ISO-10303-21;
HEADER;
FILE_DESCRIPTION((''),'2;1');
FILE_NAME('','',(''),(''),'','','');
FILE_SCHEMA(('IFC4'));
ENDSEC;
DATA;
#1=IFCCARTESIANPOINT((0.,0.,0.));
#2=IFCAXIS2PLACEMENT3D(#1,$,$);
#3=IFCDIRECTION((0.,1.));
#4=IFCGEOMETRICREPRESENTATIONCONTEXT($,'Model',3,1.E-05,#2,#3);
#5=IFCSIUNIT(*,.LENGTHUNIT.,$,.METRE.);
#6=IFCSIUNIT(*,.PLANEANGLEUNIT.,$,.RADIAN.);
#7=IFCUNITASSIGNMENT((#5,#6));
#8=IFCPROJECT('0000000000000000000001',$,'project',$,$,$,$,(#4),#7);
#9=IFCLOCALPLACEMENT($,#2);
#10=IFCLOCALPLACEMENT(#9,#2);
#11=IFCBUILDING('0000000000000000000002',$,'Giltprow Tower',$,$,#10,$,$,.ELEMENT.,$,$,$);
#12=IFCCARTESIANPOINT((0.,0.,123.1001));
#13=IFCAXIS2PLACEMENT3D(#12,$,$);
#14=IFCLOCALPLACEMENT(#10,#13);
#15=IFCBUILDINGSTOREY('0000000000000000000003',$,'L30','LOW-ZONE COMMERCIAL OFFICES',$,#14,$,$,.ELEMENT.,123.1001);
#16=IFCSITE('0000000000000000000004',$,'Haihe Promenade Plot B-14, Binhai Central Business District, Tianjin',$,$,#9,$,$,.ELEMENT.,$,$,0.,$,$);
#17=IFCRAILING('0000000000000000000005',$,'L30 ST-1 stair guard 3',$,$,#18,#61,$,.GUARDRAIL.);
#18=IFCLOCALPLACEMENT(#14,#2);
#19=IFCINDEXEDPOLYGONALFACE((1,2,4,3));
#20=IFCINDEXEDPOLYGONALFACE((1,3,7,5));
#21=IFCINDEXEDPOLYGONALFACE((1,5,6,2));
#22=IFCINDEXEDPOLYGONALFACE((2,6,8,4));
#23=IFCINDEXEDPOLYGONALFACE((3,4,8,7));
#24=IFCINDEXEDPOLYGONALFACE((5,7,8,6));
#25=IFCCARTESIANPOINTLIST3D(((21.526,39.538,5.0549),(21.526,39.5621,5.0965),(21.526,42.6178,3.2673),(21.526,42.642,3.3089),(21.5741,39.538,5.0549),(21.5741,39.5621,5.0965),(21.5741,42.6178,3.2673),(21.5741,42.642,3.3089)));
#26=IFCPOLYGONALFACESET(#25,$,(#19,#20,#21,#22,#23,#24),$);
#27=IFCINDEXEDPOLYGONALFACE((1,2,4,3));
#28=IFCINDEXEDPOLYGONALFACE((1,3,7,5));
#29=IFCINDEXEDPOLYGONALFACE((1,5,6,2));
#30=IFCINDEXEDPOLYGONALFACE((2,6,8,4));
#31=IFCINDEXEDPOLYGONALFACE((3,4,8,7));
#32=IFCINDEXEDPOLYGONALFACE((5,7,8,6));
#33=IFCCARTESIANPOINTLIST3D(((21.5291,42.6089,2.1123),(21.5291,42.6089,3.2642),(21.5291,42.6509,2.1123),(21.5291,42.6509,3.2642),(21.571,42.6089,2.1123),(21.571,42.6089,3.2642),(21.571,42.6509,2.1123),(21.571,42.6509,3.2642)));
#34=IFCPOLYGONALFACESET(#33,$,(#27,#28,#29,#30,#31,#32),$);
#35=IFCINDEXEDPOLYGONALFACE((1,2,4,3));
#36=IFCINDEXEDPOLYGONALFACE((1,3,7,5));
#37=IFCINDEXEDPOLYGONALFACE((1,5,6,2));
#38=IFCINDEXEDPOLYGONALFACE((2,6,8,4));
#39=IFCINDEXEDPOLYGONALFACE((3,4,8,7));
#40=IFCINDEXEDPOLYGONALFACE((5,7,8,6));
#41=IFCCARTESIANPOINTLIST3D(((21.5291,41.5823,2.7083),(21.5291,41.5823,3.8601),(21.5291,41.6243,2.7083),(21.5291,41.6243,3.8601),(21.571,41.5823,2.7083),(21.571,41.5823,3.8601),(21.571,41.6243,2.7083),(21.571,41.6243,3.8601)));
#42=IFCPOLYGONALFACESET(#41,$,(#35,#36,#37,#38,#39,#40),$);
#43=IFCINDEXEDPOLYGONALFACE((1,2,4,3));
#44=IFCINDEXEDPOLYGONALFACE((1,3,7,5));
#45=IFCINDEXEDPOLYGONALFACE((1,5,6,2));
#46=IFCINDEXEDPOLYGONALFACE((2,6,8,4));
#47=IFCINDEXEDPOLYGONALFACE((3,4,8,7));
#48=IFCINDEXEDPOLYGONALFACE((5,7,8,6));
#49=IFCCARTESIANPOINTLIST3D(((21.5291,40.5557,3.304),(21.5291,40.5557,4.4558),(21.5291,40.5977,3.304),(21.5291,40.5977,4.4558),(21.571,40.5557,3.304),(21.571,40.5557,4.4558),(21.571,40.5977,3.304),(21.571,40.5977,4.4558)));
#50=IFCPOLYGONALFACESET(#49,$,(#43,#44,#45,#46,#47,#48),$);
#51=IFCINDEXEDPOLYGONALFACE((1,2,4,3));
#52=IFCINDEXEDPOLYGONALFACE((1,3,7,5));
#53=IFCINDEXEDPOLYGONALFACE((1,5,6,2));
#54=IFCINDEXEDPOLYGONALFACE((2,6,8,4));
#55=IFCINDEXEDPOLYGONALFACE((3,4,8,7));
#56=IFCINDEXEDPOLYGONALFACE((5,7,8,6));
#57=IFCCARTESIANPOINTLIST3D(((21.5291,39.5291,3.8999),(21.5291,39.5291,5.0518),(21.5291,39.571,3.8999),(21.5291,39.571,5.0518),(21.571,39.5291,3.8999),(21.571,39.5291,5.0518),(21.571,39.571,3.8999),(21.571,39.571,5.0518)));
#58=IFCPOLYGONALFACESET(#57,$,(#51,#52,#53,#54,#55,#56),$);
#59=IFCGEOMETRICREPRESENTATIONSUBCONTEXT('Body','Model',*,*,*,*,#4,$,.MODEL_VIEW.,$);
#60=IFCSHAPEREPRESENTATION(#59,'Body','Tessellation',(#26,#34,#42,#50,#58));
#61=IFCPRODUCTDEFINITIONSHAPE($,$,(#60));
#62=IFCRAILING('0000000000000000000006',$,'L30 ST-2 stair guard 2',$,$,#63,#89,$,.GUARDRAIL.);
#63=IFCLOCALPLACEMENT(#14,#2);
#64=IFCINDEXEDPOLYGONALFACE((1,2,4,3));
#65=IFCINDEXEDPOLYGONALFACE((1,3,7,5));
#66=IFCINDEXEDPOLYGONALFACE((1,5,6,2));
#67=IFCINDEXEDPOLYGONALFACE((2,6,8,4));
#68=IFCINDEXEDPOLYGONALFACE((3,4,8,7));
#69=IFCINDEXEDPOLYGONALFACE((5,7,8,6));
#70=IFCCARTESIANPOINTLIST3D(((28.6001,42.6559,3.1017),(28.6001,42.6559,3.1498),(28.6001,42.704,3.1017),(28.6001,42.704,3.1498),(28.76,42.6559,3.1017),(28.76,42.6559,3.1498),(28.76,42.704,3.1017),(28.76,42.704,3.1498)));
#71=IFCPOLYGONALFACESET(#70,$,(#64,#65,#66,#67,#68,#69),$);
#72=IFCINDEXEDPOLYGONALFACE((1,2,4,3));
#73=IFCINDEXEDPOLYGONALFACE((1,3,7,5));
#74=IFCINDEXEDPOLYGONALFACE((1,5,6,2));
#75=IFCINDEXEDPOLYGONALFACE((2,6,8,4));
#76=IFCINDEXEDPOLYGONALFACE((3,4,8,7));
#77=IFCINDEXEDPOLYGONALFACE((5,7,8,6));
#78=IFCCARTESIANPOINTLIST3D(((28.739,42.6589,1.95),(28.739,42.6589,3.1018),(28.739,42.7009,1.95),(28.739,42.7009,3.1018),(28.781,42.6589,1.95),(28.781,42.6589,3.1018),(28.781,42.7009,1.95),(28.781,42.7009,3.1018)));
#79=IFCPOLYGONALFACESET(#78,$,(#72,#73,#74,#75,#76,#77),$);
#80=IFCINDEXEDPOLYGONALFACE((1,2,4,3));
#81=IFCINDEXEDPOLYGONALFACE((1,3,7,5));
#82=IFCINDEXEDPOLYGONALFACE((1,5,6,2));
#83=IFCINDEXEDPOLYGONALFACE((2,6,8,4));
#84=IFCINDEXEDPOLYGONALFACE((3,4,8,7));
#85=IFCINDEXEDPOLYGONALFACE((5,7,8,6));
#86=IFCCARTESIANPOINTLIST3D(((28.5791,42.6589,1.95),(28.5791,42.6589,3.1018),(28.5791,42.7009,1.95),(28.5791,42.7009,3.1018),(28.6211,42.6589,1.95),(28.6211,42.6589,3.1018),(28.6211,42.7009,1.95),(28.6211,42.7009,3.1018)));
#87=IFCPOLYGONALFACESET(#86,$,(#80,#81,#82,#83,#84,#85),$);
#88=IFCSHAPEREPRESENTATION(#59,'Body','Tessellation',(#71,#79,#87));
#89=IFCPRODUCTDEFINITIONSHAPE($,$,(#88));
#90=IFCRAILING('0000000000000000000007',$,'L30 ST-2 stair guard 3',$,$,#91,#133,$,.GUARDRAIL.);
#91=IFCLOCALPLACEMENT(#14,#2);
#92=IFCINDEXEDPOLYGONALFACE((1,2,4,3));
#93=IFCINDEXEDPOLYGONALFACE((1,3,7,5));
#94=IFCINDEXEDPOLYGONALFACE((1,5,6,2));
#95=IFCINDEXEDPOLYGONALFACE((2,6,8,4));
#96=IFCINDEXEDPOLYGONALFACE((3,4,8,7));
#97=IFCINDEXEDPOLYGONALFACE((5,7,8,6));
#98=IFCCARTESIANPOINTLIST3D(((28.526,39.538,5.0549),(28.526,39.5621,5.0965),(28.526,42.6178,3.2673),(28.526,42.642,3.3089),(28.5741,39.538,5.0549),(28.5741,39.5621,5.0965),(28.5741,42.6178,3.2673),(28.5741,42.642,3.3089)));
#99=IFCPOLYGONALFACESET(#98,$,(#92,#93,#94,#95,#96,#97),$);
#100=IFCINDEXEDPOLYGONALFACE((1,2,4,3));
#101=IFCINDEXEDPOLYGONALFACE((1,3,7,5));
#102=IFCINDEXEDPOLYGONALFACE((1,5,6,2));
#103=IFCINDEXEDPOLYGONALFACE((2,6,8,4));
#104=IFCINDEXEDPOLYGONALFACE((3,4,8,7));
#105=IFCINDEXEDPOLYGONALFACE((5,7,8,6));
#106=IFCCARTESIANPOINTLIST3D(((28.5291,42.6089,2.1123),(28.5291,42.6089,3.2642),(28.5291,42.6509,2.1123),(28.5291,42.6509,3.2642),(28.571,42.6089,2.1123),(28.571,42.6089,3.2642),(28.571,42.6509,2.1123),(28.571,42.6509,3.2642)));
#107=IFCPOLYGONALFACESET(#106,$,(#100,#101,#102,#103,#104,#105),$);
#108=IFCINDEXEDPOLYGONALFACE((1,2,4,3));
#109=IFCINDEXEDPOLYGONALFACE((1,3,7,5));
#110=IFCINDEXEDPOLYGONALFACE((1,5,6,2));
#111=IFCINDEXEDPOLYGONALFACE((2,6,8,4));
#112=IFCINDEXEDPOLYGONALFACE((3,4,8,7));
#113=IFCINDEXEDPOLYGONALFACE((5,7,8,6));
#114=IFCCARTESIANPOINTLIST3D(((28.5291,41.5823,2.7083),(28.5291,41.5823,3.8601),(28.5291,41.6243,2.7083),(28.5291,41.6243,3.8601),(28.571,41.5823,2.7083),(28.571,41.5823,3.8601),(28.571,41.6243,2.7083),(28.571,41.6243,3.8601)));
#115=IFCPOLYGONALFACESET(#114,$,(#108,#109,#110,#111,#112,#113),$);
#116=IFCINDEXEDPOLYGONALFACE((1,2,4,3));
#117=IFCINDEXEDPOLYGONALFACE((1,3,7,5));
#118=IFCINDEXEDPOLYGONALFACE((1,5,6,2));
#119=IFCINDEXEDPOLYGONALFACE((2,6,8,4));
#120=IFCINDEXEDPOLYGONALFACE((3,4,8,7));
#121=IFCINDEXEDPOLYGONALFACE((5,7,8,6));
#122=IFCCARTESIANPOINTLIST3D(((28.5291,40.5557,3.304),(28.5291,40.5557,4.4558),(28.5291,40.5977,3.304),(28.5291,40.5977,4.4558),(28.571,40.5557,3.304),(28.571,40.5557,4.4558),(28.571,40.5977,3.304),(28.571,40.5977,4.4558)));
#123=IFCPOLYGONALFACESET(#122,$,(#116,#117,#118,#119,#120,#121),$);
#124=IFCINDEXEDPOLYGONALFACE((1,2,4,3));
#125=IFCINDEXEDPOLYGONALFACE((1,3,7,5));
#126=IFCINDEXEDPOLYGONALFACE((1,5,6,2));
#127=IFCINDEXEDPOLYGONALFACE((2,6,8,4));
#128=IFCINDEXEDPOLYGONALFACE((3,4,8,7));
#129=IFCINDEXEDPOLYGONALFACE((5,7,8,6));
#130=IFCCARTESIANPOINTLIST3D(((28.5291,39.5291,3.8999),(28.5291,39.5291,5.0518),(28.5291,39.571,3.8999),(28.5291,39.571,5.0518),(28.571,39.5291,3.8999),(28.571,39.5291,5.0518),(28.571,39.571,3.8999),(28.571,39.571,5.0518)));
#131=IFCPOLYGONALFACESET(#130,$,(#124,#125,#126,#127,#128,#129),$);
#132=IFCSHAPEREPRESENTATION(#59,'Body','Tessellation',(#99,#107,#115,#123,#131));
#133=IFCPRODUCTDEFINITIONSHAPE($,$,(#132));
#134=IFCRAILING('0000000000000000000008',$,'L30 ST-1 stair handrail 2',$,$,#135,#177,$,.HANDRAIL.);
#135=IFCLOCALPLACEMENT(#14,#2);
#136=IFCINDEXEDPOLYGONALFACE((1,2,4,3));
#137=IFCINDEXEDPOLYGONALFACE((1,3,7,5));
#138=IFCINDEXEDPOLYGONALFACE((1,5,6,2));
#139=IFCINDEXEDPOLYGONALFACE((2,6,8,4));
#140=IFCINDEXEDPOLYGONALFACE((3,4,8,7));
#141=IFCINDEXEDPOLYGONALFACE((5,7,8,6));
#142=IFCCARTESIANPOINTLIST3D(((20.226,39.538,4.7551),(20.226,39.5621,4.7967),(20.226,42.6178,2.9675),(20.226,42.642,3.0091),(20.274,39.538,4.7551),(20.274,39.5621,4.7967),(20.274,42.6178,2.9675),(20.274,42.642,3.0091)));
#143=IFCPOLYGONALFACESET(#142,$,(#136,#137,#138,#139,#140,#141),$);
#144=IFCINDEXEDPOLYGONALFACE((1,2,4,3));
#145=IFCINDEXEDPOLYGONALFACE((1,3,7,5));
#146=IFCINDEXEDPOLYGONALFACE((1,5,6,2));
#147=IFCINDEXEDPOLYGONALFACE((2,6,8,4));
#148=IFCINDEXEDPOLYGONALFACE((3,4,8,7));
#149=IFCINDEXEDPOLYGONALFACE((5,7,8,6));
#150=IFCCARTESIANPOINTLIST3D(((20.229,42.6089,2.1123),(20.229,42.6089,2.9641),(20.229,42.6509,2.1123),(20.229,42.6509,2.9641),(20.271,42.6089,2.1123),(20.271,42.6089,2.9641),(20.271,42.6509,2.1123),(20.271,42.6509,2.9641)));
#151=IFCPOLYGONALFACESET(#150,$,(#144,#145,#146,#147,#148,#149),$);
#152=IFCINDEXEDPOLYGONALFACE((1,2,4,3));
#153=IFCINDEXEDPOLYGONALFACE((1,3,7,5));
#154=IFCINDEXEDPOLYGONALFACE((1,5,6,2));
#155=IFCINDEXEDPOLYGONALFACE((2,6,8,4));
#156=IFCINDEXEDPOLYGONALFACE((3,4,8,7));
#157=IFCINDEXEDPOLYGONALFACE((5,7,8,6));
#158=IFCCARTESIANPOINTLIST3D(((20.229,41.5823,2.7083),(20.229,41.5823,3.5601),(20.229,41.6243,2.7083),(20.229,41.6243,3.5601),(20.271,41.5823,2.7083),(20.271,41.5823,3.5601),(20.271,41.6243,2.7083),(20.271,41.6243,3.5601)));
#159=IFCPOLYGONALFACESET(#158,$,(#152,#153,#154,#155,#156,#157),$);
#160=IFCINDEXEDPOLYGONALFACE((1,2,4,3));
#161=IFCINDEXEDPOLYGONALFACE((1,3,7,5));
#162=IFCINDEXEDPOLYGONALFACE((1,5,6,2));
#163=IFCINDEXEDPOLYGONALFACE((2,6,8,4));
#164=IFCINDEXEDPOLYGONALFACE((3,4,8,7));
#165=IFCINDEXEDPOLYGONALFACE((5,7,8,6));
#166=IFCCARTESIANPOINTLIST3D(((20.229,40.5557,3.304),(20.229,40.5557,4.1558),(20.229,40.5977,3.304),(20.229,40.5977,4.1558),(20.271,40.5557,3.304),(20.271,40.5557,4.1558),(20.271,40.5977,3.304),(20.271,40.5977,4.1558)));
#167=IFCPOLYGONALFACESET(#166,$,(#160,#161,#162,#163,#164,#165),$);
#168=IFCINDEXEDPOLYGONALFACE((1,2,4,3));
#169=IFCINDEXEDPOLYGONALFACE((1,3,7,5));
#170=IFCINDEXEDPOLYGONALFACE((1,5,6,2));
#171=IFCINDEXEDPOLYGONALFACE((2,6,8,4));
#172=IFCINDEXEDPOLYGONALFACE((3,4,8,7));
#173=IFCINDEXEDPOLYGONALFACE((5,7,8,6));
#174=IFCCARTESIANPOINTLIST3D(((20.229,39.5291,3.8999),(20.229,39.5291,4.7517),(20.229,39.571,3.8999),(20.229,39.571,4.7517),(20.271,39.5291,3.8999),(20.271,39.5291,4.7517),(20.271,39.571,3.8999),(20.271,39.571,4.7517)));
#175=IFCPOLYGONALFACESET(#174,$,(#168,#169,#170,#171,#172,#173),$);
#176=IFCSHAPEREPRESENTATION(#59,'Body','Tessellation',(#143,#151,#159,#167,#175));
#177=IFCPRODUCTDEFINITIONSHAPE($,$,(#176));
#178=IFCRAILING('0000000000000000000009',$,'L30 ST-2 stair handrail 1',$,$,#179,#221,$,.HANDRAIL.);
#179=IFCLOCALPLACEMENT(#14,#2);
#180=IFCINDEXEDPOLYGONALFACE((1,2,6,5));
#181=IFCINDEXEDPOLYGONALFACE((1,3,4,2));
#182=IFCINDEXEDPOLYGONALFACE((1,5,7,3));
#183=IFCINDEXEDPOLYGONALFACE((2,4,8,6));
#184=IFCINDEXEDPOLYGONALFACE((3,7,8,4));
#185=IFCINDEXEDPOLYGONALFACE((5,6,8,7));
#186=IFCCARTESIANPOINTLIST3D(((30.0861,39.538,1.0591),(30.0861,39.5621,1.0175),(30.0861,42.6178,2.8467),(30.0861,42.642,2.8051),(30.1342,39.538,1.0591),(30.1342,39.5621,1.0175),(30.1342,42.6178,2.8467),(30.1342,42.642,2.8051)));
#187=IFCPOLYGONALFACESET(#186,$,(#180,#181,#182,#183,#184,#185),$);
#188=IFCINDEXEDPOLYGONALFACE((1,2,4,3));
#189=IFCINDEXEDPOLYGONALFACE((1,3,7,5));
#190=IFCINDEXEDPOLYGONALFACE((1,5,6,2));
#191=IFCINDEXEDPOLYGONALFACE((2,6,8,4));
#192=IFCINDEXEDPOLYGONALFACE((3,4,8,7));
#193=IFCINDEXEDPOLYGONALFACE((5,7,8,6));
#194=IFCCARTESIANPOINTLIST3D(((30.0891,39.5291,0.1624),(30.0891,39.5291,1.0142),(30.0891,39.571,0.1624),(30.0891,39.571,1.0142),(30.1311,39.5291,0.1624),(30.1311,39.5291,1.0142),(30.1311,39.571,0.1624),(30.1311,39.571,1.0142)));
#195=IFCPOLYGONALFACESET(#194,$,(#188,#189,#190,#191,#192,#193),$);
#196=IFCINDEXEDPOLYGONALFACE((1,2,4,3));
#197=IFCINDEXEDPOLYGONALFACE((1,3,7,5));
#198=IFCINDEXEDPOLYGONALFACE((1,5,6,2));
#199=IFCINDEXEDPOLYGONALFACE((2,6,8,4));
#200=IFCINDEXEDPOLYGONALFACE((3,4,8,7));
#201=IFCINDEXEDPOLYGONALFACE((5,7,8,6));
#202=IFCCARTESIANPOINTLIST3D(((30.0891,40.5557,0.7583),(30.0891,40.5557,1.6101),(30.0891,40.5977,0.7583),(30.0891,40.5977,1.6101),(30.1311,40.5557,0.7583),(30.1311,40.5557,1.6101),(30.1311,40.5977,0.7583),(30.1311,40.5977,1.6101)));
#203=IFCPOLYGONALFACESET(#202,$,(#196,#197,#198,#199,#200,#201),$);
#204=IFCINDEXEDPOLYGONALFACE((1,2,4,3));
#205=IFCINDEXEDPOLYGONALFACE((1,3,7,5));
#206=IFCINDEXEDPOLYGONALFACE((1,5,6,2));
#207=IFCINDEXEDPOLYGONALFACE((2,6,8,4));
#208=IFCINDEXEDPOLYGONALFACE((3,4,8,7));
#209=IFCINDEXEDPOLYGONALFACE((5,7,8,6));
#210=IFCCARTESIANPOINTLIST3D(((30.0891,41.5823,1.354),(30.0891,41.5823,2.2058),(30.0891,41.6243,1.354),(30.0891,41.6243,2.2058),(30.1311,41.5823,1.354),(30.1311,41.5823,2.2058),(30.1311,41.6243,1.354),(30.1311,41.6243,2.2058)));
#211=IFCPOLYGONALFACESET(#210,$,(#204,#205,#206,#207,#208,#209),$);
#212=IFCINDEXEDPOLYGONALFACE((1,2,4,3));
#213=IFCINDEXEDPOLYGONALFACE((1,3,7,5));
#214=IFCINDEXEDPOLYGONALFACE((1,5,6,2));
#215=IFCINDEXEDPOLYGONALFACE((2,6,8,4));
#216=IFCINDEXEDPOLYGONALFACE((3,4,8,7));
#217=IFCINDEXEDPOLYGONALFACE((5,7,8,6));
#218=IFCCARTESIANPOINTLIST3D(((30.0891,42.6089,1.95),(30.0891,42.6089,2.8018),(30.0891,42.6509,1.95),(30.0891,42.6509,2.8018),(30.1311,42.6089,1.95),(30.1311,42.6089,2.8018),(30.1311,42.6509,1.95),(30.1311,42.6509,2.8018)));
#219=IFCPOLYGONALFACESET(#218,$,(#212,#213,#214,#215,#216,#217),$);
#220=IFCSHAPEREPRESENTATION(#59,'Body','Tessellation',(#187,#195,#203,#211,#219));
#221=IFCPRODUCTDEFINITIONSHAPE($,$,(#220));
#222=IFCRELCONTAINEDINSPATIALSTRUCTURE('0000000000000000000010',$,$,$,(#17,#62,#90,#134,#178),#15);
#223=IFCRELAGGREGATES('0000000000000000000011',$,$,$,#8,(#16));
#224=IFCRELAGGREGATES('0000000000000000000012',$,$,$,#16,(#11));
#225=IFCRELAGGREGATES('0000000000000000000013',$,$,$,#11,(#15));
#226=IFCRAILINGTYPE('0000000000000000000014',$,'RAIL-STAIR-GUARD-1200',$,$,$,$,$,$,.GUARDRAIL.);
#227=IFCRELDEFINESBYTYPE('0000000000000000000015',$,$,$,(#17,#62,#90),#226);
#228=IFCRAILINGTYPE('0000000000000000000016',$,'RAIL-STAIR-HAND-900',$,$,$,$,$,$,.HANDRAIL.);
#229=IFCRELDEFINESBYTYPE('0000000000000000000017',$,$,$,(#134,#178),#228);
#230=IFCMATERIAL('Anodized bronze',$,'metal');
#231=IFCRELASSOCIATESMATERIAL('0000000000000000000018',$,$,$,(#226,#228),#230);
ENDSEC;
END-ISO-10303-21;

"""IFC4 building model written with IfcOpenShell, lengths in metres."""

from ifc_helpers import new_model, si_unit, direction, frame, origin, origin_2d, place, context, subcontext, project, spatial, rectangle, extrude, material, type_object, element, save


model = new_model("IFC4")

# Units and contexts
model_context = context("Model", 3, precision=1e-05, world=origin(), true_north=direction((0.0, 1.0)))
body_context = subcontext(model_context, "Body", "Model", "MODEL_VIEW")
ifc_project = project(units=[si_unit("LENGTHUNIT", "METRE"), si_unit("PLANEANGLEUNIT", "RADIAN")], contexts=[model_context])

# Site, building, storey
site_placement = place(None, origin())
site = spatial("IfcSite", under=ifc_project, at=site_placement, Name="Haihe Promenade Plot B-14, Binhai Central Business District, Tianjin", CompositionType="ELEMENT", RefElevation=0.0)
building_placement = place(site_placement, origin())
building = spatial("IfcBuilding", under=site, at=building_placement, Name="Giltprow Tower", CompositionType="ELEMENT")
storey_placement = place(building_placement, frame((0.0, 0.0, 123.1001)))
storey = spatial("IfcBuildingStorey", under=building, at=storey_placement, Name="L30", Description="LOW-ZONE COMMERCIAL OFFICES", CompositionType="ELEMENT", Elevation=123.1001)

# Railings
ifc_material_1 = material(Name="Anodized bronze", Category="metal")
railing_type_1 = type_object("IfcRailingType", Name="RAIL-STAIR-GUARD-1200", PredefinedType="GUARDRAIL", material=ifc_material_1)
railing_1_placement = place(storey_placement, frame((21.55, 42.6299, 2.1123)))
element("IfcRailing", 1, at=railing_1_placement, inside=storey, type_object=railing_type_1, Name="L30 ST-1 stair guard 3", PredefinedType="GUARDRAIL", context=body_context, shape_type="SweptSolid", body=[
    extrude(rectangle(XDim=0.0481, YDim=0.0481, at=origin_2d()), frame((0.0, 0.0, 1.1758), z_axis=(0.0, -0.864873, 0.50199), x_axis=(1.0, 0.0, 0.0)), (0.0, 0.0, 1.0), 3.561),
    extrude(rectangle(XDim=0.042, YDim=0.042, at=origin_2d()), origin(), (0.0, 0.0, 1.0), 1.1519),
    extrude(rectangle(XDim=0.042, YDim=0.042, at=origin_2d()), frame((0.0, -1.0266, 0.5959)), (0.0, 0.0, 1.0), 1.1519),
    extrude(rectangle(XDim=0.042, YDim=0.042, at=origin_2d()), frame((0.0, -2.0532, 1.1917)), (0.0, 0.0, 1.0), 1.1519),
    extrude(rectangle(XDim=0.042, YDim=0.042, at=origin_2d()), frame((0.0, -3.0798, 1.7876)), (0.0, 0.0, 1.0), 1.1519),
])
railing_2_placement = place(storey_placement, frame((28.76, 42.6799, 1.95)))
element("IfcRailing", 2, at=railing_2_placement, inside=storey, type_object=railing_type_1, Name="L30 ST-2 stair guard 2", PredefinedType="GUARDRAIL", context=body_context, shape_type="SweptSolid", body=[
    extrude(rectangle(XDim=0.0481, YDim=0.0481, at=origin_2d()), frame((0.0, 0.0, 1.1758), z_axis=(-1.0, 0.0, 0.0), x_axis=(0.0, -1.0, 0.0)), (0.0, 0.0, 1.0), 0.1599),
    extrude(rectangle(XDim=0.042, YDim=0.042, at=origin_2d()), origin(), (0.0, 0.0, 1.0), 1.1519),
    extrude(rectangle(XDim=0.042, YDim=0.042, at=origin_2d()), frame((-0.1599, 0.0, 0.0)), (0.0, 0.0, 1.0), 1.1519),
])
railing_3_placement = place(storey_placement, frame((28.55, 42.6299, 2.1123)))
element("IfcRailing", 3, at=railing_3_placement, inside=storey, type_object=railing_type_1, Name="L30 ST-2 stair guard 3", PredefinedType="GUARDRAIL", context=body_context, shape_type="SweptSolid", body=[
    extrude(rectangle(XDim=0.0481, YDim=0.0481, at=origin_2d()), frame((0.0, 0.0, 1.1758), z_axis=(0.0, -0.864873, 0.50199), x_axis=(1.0, 0.0, 0.0)), (0.0, 0.0, 1.0), 3.561),
    extrude(rectangle(XDim=0.042, YDim=0.042, at=origin_2d()), origin(), (0.0, 0.0, 1.0), 1.1519),
    extrude(rectangle(XDim=0.042, YDim=0.042, at=origin_2d()), frame((0.0, -1.0266, 0.5959)), (0.0, 0.0, 1.0), 1.1519),
    extrude(rectangle(XDim=0.042, YDim=0.042, at=origin_2d()), frame((0.0, -2.0532, 1.1917)), (0.0, 0.0, 1.0), 1.1519),
    extrude(rectangle(XDim=0.042, YDim=0.042, at=origin_2d()), frame((0.0, -3.0798, 1.7876)), (0.0, 0.0, 1.0), 1.1519),
])
railing_type_2 = type_object("IfcRailingType", Name="RAIL-STAIR-HAND-900", PredefinedType="HANDRAIL", material=ifc_material_1)
railing_4_placement = place(storey_placement, frame((20.25, 42.6299, 2.1123)))
element("IfcRailing", 4, at=railing_4_placement, inside=storey, type_object=railing_type_2, Name="L30 ST-1 stair handrail 2", PredefinedType="HANDRAIL", context=body_context, shape_type="SweptSolid", body=[
    extrude(rectangle(XDim=0.0481, YDim=0.0481, at=origin_2d()), frame((0.0, 0.0, 0.876), z_axis=(0.0, -0.864873, 0.50199), x_axis=(1.0, 0.0, 0.0)), (0.0, 0.0, 1.0), 3.561),
    extrude(rectangle(XDim=0.042, YDim=0.042, at=origin_2d()), origin(), (0.0, 0.0, 1.0), 0.8518),
    extrude(rectangle(XDim=0.042, YDim=0.042, at=origin_2d()), frame((0.0, -1.0266, 0.5959)), (0.0, 0.0, 1.0), 0.8518),
    extrude(rectangle(XDim=0.042, YDim=0.042, at=origin_2d()), frame((0.0, -2.0532, 1.1917)), (0.0, 0.0, 1.0), 0.8518),
    extrude(rectangle(XDim=0.042, YDim=0.042, at=origin_2d()), frame((0.0, -3.0798, 1.7876)), (0.0, 0.0, 1.0), 0.8518),
])
railing_5_placement = place(storey_placement, frame((30.1101, 39.55, 0.1624)))
element("IfcRailing", 5, at=railing_5_placement, inside=storey, type_object=railing_type_2, Name="L30 ST-2 stair handrail 1", PredefinedType="HANDRAIL", context=body_context, shape_type="SweptSolid", body=[
    extrude(rectangle(XDim=0.0481, YDim=0.0481, at=origin_2d()), frame((0.0, 0.0, 0.876), z_axis=(0.0, 0.864873, 0.50199), x_axis=(-1.0, 0.0, 0.0)), (0.0, 0.0, 1.0), 3.561),
    extrude(rectangle(XDim=0.042, YDim=0.042, at=origin_2d()), origin(), (0.0, 0.0, 1.0), 0.8518),
    extrude(rectangle(XDim=0.042, YDim=0.042, at=origin_2d()), frame((0.0, 1.0266, 0.5959)), (0.0, 0.0, 1.0), 0.8518),
    extrude(rectangle(XDim=0.042, YDim=0.042, at=origin_2d()), frame((0.0, 2.0532, 1.1917)), (0.0, 0.0, 1.0), 0.8518),
    extrude(rectangle(XDim=0.042, YDim=0.042, at=origin_2d()), frame((0.0, 3.0798, 1.7876)), (0.0, 0.0, 1.0), 0.8518),
])

save(model, "model.ifc")
